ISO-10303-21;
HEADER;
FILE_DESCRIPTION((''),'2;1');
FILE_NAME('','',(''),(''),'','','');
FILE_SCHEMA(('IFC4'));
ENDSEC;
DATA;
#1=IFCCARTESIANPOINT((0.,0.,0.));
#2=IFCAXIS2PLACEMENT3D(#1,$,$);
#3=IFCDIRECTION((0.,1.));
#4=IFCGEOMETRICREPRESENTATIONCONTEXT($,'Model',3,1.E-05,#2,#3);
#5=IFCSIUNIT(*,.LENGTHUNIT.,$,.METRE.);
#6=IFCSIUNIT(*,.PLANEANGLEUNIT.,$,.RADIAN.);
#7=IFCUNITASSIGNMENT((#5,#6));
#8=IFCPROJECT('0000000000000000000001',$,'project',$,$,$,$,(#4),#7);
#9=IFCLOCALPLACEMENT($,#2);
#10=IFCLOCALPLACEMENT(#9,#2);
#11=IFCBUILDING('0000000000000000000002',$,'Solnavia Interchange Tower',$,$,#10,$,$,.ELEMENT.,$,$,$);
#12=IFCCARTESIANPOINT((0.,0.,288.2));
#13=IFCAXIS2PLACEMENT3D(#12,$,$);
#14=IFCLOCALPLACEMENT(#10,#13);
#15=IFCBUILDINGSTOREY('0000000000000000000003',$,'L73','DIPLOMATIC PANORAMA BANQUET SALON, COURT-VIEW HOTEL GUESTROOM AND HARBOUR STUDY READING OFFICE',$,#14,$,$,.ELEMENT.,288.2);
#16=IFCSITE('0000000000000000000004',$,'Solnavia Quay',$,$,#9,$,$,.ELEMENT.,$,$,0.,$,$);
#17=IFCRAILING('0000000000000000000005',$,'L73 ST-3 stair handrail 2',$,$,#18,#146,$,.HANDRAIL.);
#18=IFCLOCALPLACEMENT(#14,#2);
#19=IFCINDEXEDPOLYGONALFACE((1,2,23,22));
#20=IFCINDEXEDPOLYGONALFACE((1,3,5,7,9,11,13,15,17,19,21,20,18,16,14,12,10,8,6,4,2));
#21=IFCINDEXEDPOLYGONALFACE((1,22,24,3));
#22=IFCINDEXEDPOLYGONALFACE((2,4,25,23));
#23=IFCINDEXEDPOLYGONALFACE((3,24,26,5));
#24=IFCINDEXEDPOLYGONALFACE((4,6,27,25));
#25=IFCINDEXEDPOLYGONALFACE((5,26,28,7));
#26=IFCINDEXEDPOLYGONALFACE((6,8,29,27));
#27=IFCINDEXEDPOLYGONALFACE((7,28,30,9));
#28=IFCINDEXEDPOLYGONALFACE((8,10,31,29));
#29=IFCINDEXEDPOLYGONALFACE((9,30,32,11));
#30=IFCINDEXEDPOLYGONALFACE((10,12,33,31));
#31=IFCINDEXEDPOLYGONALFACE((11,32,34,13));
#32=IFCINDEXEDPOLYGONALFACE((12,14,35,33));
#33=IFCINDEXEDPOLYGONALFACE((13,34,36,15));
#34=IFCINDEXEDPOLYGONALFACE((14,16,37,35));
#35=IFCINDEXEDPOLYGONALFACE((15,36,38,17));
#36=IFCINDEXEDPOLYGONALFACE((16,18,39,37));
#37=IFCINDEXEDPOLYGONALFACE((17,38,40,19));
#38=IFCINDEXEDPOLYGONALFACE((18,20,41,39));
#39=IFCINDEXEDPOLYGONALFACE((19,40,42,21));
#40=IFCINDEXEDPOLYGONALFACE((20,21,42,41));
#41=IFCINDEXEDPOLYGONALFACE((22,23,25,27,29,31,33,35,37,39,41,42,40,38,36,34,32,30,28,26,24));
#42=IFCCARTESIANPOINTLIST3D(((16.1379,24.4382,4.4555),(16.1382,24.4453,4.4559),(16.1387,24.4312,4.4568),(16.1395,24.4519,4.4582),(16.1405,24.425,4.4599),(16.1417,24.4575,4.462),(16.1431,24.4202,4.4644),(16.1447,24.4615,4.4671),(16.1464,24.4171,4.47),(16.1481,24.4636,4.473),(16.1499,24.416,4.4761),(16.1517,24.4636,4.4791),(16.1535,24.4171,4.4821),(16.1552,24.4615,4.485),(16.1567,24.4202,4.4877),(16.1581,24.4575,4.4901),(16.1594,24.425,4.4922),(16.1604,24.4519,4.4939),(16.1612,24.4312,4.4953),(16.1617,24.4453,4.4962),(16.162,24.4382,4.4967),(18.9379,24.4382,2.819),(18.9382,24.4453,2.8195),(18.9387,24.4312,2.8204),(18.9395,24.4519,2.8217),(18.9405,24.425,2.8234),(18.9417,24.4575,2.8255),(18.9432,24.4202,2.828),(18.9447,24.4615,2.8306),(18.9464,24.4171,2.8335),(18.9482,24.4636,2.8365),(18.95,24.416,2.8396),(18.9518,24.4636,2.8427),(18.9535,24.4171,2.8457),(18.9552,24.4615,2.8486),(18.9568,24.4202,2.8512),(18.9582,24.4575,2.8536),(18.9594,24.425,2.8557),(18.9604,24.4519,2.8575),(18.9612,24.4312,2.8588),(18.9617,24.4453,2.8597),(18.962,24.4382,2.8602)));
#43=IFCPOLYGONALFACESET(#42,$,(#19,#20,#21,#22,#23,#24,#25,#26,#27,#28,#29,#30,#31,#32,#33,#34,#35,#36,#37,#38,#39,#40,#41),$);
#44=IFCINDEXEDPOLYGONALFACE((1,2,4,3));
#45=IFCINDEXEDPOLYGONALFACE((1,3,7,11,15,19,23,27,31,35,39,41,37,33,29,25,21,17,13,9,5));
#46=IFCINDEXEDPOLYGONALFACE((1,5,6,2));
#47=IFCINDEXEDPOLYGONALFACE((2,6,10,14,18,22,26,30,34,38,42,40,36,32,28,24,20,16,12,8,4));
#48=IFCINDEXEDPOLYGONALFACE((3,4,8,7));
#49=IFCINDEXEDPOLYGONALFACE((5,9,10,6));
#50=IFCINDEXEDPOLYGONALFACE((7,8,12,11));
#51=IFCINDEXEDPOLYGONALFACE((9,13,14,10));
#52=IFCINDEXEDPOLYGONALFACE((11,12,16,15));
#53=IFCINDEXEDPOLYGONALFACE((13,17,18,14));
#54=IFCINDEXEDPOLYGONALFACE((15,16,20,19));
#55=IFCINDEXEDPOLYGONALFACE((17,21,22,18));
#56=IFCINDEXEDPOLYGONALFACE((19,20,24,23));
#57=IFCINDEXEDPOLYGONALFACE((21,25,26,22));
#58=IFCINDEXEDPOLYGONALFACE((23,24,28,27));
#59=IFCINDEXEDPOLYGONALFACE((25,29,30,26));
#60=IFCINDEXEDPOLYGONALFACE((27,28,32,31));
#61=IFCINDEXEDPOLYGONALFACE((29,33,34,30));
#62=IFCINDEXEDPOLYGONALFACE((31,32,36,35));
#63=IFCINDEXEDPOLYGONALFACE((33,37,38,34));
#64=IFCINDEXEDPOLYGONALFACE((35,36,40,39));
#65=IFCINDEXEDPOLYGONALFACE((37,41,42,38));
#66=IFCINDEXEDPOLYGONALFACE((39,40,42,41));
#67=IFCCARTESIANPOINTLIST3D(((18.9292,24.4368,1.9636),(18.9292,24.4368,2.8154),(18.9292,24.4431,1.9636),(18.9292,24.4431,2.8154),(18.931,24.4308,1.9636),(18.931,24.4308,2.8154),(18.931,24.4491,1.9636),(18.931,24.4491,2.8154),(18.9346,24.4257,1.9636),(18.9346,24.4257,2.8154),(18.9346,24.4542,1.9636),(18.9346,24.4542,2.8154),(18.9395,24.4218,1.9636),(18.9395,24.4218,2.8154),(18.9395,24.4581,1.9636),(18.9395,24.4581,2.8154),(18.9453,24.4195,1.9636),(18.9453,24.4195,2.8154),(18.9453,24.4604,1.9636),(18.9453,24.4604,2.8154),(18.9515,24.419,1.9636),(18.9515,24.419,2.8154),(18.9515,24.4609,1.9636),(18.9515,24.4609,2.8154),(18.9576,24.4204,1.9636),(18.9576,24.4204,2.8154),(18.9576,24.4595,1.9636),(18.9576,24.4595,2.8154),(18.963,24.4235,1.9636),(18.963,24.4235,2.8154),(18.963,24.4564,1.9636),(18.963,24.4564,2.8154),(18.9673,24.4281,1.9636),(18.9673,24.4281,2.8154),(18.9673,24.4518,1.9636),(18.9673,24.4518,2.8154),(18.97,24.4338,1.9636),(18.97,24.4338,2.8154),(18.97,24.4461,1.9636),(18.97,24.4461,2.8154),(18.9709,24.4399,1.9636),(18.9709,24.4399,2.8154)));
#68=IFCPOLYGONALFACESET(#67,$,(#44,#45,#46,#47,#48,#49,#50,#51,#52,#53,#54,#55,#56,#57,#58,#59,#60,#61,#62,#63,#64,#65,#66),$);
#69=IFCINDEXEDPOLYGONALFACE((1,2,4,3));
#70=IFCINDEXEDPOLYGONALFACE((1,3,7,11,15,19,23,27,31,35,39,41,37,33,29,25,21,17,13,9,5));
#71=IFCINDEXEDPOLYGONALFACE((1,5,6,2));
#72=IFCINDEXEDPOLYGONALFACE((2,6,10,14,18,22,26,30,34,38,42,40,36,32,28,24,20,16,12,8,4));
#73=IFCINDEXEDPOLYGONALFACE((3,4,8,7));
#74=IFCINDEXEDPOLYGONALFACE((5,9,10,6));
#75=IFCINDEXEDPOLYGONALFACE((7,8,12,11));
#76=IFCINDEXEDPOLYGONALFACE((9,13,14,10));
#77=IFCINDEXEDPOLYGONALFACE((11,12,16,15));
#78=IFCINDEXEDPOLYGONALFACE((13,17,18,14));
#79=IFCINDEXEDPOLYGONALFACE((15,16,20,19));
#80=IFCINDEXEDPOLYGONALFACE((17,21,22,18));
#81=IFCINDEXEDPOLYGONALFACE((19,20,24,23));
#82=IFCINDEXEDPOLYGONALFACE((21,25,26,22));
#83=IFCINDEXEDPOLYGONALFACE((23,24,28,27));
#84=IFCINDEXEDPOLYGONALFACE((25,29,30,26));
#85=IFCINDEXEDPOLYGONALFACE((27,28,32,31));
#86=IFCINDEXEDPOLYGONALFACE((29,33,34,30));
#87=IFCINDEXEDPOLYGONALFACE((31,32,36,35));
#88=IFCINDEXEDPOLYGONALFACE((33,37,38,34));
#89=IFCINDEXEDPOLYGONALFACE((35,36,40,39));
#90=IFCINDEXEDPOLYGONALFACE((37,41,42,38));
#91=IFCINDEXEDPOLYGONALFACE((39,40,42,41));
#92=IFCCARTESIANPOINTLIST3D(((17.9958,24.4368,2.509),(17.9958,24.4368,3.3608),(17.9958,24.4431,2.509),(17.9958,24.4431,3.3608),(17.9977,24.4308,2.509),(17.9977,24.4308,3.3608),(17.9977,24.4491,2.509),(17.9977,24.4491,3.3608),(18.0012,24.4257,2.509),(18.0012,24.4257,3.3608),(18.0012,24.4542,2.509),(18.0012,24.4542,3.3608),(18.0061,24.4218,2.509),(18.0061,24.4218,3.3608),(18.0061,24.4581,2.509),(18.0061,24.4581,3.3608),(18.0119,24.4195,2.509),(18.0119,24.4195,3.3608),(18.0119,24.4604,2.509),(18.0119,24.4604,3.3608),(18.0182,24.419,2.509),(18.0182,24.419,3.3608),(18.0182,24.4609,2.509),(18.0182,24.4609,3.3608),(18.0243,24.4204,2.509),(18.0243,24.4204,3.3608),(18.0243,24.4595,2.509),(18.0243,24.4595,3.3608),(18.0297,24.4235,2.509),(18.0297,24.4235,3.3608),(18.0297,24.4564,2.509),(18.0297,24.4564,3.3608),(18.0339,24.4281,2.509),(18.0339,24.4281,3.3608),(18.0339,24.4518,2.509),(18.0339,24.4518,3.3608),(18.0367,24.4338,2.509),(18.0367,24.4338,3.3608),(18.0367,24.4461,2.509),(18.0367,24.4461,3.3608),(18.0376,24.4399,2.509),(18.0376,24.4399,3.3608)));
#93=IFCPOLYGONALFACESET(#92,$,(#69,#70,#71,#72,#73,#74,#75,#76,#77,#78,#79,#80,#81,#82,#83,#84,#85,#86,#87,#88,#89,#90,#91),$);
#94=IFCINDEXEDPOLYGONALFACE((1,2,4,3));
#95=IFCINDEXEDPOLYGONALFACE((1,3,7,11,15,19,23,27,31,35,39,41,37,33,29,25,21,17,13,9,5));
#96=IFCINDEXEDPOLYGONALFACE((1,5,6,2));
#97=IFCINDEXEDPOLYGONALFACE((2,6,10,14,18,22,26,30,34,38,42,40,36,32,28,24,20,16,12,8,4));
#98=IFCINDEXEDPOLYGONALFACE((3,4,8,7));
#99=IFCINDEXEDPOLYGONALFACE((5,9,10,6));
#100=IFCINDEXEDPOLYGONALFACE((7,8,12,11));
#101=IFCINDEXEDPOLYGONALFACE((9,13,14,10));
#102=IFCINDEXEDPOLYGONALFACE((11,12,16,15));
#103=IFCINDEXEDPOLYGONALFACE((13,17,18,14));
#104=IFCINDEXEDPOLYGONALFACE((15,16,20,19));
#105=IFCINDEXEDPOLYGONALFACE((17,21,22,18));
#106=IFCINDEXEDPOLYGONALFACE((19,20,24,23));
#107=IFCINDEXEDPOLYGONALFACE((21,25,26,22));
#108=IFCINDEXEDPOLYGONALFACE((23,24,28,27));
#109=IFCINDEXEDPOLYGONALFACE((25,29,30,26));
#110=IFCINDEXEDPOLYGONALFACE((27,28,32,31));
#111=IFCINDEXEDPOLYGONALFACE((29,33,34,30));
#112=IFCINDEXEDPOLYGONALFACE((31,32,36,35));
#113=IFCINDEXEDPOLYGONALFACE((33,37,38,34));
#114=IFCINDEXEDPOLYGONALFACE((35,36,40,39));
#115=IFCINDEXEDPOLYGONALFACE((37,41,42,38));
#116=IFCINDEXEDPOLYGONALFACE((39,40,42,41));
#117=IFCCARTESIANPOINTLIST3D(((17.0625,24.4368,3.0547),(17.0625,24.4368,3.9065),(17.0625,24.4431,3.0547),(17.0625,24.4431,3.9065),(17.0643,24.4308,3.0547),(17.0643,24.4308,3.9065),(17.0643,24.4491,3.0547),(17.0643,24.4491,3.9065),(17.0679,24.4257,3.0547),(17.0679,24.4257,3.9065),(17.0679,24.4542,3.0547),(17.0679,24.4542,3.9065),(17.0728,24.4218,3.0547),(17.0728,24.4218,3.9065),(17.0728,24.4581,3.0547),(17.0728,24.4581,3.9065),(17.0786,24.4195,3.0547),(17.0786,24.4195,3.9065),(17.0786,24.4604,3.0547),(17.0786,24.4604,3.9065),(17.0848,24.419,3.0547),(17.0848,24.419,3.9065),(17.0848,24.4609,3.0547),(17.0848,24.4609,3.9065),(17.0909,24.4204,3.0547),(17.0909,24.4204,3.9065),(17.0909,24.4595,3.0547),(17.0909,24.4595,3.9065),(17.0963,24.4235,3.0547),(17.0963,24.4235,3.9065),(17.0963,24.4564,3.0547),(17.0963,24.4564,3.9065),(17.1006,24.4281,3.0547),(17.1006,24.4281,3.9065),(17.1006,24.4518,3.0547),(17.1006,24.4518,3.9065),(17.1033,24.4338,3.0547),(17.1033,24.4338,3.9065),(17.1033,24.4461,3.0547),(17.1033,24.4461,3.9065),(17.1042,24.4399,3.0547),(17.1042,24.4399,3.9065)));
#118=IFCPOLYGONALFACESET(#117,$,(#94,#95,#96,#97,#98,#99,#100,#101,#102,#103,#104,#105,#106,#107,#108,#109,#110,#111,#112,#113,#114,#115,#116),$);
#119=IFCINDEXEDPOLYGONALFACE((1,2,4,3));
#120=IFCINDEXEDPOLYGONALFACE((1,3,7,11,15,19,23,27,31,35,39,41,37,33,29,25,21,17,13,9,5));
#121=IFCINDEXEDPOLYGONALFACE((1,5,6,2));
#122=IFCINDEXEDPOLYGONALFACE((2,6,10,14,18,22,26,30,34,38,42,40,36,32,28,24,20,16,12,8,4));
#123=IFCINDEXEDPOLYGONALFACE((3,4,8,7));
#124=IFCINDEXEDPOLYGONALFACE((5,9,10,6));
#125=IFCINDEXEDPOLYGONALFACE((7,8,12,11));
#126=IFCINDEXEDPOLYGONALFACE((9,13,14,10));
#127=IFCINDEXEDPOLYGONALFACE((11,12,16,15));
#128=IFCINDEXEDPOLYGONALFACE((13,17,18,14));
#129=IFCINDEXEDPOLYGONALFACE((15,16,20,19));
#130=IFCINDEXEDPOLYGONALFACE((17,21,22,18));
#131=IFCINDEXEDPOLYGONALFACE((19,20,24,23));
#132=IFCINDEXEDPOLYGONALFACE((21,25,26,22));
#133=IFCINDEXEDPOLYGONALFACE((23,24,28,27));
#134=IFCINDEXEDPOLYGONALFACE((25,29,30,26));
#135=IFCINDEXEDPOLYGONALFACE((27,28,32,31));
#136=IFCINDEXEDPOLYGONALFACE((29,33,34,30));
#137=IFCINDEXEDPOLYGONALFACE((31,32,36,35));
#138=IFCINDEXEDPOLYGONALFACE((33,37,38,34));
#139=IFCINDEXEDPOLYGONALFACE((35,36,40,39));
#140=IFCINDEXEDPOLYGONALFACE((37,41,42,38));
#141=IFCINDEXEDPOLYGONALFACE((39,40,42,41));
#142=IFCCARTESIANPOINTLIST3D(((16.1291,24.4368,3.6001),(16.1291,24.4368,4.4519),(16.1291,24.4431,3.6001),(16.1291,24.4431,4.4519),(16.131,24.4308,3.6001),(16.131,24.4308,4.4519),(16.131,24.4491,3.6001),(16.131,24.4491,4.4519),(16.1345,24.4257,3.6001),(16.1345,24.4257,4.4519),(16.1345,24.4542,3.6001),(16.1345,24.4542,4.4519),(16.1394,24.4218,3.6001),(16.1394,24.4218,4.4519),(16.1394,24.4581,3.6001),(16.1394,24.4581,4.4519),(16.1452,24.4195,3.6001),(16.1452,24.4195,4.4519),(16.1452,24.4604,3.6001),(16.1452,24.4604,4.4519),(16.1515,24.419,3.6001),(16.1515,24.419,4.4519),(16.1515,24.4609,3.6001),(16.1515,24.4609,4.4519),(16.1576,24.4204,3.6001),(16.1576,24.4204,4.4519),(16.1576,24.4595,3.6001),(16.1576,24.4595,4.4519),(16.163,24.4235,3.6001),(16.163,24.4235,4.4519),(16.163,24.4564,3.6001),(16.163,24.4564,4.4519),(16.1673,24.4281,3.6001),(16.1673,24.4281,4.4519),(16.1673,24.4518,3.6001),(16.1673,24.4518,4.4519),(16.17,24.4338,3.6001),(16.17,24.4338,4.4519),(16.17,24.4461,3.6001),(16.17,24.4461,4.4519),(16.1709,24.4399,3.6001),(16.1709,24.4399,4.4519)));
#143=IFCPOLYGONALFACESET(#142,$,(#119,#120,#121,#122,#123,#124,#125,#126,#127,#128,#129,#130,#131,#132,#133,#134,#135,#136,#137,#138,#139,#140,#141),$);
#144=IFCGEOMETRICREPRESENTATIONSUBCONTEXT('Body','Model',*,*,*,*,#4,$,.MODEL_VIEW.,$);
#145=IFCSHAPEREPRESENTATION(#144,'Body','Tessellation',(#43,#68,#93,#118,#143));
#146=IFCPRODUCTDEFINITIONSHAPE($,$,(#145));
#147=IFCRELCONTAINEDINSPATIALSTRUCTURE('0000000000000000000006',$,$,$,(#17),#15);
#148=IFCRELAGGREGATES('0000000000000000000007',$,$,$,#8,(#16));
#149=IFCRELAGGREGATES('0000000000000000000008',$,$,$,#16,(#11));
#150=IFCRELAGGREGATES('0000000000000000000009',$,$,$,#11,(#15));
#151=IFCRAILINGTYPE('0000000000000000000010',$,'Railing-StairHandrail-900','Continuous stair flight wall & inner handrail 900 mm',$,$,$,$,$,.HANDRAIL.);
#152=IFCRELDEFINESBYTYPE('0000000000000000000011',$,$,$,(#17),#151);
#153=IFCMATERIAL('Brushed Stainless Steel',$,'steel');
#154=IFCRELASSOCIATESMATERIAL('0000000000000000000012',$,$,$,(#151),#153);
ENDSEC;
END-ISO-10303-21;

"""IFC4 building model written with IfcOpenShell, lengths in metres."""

from ifc_helpers import new_model, si_unit, direction, frame, origin, origin_2d, place, context, subcontext, project, spatial, circle, extrude, material, type_object, element, save


model = new_model("IFC4")

# Units and contexts
model_context = context("Model", 3, precision=1e-05, world=origin(), true_north=direction((0.0, 1.0)))
body_context = subcontext(model_context, "Body", "Model", "MODEL_VIEW")
ifc_project = project(units=[si_unit("LENGTHUNIT", "METRE"), si_unit("PLANEANGLEUNIT", "RADIAN")], contexts=[model_context])

# Site, building, storey
site_placement = place(None, origin())
site = spatial("IfcSite", under=ifc_project, at=site_placement, Name="Solnavia Quay", CompositionType="ELEMENT", RefElevation=0.0)
building_placement = place(site_placement, origin())
building = spatial("IfcBuilding", under=site, at=building_placement, Name="Solnavia Interchange Tower", CompositionType="ELEMENT")
storey_placement = place(building_placement, frame((0.0, 0.0, 288.2)))
storey = spatial("IfcBuildingStorey", under=building, at=storey_placement, Name="L73", Description="DIPLOMATIC PANORAMA BANQUET SALON, COURT-VIEW HOTEL GUESTROOM AND HARBOUR STUDY READING OFFICE", CompositionType="ELEMENT", Elevation=288.2)

# Railing
ifc_material_1 = material(Name="Brushed Stainless Steel", Category="steel")
railing_type_1 = type_object("IfcRailingType", Name="Railing-StairHandrail-900", Description="Continuous stair flight wall & inner handrail 900 mm", PredefinedType="HANDRAIL", material=ifc_material_1)
railing_1_placement = place(storey_placement, frame((18.95, 24.4399, 1.9636)))
element("IfcRailing", 1, at=railing_1_placement, inside=storey, type_object=railing_type_1, Name="L73 ST-3 stair handrail 2", PredefinedType="HANDRAIL", context=body_context, shape_type="SweptSolid", body=[
    extrude(circle(Radius=0.0239, at=origin_2d()), frame((0.0, 0.0, 0.876), z_axis=(-0.863361, 0.0, 0.504587), x_axis=(0.0, -1.0, 0.0)), (0.0, 0.0, 1.0), 3.2432),
    extrude(circle(Radius=0.021, at=origin_2d()), origin(), (0.0, 0.0, 1.0), 0.8518),
    extrude(circle(Radius=0.021, at=origin_2d()), frame((-0.9333, 0.0, 0.5454)), (0.0, 0.0, 1.0), 0.8518),
    extrude(circle(Radius=0.021, at=origin_2d()), frame((-1.8667, 0.0, 1.0911)), (0.0, 0.0, 1.0), 0.8518),
    extrude(circle(Radius=0.021, at=origin_2d()), frame((-2.8, 0.0, 1.6365)), (0.0, 0.0, 1.0), 0.8518),
])

save(model, "model.ifc")
